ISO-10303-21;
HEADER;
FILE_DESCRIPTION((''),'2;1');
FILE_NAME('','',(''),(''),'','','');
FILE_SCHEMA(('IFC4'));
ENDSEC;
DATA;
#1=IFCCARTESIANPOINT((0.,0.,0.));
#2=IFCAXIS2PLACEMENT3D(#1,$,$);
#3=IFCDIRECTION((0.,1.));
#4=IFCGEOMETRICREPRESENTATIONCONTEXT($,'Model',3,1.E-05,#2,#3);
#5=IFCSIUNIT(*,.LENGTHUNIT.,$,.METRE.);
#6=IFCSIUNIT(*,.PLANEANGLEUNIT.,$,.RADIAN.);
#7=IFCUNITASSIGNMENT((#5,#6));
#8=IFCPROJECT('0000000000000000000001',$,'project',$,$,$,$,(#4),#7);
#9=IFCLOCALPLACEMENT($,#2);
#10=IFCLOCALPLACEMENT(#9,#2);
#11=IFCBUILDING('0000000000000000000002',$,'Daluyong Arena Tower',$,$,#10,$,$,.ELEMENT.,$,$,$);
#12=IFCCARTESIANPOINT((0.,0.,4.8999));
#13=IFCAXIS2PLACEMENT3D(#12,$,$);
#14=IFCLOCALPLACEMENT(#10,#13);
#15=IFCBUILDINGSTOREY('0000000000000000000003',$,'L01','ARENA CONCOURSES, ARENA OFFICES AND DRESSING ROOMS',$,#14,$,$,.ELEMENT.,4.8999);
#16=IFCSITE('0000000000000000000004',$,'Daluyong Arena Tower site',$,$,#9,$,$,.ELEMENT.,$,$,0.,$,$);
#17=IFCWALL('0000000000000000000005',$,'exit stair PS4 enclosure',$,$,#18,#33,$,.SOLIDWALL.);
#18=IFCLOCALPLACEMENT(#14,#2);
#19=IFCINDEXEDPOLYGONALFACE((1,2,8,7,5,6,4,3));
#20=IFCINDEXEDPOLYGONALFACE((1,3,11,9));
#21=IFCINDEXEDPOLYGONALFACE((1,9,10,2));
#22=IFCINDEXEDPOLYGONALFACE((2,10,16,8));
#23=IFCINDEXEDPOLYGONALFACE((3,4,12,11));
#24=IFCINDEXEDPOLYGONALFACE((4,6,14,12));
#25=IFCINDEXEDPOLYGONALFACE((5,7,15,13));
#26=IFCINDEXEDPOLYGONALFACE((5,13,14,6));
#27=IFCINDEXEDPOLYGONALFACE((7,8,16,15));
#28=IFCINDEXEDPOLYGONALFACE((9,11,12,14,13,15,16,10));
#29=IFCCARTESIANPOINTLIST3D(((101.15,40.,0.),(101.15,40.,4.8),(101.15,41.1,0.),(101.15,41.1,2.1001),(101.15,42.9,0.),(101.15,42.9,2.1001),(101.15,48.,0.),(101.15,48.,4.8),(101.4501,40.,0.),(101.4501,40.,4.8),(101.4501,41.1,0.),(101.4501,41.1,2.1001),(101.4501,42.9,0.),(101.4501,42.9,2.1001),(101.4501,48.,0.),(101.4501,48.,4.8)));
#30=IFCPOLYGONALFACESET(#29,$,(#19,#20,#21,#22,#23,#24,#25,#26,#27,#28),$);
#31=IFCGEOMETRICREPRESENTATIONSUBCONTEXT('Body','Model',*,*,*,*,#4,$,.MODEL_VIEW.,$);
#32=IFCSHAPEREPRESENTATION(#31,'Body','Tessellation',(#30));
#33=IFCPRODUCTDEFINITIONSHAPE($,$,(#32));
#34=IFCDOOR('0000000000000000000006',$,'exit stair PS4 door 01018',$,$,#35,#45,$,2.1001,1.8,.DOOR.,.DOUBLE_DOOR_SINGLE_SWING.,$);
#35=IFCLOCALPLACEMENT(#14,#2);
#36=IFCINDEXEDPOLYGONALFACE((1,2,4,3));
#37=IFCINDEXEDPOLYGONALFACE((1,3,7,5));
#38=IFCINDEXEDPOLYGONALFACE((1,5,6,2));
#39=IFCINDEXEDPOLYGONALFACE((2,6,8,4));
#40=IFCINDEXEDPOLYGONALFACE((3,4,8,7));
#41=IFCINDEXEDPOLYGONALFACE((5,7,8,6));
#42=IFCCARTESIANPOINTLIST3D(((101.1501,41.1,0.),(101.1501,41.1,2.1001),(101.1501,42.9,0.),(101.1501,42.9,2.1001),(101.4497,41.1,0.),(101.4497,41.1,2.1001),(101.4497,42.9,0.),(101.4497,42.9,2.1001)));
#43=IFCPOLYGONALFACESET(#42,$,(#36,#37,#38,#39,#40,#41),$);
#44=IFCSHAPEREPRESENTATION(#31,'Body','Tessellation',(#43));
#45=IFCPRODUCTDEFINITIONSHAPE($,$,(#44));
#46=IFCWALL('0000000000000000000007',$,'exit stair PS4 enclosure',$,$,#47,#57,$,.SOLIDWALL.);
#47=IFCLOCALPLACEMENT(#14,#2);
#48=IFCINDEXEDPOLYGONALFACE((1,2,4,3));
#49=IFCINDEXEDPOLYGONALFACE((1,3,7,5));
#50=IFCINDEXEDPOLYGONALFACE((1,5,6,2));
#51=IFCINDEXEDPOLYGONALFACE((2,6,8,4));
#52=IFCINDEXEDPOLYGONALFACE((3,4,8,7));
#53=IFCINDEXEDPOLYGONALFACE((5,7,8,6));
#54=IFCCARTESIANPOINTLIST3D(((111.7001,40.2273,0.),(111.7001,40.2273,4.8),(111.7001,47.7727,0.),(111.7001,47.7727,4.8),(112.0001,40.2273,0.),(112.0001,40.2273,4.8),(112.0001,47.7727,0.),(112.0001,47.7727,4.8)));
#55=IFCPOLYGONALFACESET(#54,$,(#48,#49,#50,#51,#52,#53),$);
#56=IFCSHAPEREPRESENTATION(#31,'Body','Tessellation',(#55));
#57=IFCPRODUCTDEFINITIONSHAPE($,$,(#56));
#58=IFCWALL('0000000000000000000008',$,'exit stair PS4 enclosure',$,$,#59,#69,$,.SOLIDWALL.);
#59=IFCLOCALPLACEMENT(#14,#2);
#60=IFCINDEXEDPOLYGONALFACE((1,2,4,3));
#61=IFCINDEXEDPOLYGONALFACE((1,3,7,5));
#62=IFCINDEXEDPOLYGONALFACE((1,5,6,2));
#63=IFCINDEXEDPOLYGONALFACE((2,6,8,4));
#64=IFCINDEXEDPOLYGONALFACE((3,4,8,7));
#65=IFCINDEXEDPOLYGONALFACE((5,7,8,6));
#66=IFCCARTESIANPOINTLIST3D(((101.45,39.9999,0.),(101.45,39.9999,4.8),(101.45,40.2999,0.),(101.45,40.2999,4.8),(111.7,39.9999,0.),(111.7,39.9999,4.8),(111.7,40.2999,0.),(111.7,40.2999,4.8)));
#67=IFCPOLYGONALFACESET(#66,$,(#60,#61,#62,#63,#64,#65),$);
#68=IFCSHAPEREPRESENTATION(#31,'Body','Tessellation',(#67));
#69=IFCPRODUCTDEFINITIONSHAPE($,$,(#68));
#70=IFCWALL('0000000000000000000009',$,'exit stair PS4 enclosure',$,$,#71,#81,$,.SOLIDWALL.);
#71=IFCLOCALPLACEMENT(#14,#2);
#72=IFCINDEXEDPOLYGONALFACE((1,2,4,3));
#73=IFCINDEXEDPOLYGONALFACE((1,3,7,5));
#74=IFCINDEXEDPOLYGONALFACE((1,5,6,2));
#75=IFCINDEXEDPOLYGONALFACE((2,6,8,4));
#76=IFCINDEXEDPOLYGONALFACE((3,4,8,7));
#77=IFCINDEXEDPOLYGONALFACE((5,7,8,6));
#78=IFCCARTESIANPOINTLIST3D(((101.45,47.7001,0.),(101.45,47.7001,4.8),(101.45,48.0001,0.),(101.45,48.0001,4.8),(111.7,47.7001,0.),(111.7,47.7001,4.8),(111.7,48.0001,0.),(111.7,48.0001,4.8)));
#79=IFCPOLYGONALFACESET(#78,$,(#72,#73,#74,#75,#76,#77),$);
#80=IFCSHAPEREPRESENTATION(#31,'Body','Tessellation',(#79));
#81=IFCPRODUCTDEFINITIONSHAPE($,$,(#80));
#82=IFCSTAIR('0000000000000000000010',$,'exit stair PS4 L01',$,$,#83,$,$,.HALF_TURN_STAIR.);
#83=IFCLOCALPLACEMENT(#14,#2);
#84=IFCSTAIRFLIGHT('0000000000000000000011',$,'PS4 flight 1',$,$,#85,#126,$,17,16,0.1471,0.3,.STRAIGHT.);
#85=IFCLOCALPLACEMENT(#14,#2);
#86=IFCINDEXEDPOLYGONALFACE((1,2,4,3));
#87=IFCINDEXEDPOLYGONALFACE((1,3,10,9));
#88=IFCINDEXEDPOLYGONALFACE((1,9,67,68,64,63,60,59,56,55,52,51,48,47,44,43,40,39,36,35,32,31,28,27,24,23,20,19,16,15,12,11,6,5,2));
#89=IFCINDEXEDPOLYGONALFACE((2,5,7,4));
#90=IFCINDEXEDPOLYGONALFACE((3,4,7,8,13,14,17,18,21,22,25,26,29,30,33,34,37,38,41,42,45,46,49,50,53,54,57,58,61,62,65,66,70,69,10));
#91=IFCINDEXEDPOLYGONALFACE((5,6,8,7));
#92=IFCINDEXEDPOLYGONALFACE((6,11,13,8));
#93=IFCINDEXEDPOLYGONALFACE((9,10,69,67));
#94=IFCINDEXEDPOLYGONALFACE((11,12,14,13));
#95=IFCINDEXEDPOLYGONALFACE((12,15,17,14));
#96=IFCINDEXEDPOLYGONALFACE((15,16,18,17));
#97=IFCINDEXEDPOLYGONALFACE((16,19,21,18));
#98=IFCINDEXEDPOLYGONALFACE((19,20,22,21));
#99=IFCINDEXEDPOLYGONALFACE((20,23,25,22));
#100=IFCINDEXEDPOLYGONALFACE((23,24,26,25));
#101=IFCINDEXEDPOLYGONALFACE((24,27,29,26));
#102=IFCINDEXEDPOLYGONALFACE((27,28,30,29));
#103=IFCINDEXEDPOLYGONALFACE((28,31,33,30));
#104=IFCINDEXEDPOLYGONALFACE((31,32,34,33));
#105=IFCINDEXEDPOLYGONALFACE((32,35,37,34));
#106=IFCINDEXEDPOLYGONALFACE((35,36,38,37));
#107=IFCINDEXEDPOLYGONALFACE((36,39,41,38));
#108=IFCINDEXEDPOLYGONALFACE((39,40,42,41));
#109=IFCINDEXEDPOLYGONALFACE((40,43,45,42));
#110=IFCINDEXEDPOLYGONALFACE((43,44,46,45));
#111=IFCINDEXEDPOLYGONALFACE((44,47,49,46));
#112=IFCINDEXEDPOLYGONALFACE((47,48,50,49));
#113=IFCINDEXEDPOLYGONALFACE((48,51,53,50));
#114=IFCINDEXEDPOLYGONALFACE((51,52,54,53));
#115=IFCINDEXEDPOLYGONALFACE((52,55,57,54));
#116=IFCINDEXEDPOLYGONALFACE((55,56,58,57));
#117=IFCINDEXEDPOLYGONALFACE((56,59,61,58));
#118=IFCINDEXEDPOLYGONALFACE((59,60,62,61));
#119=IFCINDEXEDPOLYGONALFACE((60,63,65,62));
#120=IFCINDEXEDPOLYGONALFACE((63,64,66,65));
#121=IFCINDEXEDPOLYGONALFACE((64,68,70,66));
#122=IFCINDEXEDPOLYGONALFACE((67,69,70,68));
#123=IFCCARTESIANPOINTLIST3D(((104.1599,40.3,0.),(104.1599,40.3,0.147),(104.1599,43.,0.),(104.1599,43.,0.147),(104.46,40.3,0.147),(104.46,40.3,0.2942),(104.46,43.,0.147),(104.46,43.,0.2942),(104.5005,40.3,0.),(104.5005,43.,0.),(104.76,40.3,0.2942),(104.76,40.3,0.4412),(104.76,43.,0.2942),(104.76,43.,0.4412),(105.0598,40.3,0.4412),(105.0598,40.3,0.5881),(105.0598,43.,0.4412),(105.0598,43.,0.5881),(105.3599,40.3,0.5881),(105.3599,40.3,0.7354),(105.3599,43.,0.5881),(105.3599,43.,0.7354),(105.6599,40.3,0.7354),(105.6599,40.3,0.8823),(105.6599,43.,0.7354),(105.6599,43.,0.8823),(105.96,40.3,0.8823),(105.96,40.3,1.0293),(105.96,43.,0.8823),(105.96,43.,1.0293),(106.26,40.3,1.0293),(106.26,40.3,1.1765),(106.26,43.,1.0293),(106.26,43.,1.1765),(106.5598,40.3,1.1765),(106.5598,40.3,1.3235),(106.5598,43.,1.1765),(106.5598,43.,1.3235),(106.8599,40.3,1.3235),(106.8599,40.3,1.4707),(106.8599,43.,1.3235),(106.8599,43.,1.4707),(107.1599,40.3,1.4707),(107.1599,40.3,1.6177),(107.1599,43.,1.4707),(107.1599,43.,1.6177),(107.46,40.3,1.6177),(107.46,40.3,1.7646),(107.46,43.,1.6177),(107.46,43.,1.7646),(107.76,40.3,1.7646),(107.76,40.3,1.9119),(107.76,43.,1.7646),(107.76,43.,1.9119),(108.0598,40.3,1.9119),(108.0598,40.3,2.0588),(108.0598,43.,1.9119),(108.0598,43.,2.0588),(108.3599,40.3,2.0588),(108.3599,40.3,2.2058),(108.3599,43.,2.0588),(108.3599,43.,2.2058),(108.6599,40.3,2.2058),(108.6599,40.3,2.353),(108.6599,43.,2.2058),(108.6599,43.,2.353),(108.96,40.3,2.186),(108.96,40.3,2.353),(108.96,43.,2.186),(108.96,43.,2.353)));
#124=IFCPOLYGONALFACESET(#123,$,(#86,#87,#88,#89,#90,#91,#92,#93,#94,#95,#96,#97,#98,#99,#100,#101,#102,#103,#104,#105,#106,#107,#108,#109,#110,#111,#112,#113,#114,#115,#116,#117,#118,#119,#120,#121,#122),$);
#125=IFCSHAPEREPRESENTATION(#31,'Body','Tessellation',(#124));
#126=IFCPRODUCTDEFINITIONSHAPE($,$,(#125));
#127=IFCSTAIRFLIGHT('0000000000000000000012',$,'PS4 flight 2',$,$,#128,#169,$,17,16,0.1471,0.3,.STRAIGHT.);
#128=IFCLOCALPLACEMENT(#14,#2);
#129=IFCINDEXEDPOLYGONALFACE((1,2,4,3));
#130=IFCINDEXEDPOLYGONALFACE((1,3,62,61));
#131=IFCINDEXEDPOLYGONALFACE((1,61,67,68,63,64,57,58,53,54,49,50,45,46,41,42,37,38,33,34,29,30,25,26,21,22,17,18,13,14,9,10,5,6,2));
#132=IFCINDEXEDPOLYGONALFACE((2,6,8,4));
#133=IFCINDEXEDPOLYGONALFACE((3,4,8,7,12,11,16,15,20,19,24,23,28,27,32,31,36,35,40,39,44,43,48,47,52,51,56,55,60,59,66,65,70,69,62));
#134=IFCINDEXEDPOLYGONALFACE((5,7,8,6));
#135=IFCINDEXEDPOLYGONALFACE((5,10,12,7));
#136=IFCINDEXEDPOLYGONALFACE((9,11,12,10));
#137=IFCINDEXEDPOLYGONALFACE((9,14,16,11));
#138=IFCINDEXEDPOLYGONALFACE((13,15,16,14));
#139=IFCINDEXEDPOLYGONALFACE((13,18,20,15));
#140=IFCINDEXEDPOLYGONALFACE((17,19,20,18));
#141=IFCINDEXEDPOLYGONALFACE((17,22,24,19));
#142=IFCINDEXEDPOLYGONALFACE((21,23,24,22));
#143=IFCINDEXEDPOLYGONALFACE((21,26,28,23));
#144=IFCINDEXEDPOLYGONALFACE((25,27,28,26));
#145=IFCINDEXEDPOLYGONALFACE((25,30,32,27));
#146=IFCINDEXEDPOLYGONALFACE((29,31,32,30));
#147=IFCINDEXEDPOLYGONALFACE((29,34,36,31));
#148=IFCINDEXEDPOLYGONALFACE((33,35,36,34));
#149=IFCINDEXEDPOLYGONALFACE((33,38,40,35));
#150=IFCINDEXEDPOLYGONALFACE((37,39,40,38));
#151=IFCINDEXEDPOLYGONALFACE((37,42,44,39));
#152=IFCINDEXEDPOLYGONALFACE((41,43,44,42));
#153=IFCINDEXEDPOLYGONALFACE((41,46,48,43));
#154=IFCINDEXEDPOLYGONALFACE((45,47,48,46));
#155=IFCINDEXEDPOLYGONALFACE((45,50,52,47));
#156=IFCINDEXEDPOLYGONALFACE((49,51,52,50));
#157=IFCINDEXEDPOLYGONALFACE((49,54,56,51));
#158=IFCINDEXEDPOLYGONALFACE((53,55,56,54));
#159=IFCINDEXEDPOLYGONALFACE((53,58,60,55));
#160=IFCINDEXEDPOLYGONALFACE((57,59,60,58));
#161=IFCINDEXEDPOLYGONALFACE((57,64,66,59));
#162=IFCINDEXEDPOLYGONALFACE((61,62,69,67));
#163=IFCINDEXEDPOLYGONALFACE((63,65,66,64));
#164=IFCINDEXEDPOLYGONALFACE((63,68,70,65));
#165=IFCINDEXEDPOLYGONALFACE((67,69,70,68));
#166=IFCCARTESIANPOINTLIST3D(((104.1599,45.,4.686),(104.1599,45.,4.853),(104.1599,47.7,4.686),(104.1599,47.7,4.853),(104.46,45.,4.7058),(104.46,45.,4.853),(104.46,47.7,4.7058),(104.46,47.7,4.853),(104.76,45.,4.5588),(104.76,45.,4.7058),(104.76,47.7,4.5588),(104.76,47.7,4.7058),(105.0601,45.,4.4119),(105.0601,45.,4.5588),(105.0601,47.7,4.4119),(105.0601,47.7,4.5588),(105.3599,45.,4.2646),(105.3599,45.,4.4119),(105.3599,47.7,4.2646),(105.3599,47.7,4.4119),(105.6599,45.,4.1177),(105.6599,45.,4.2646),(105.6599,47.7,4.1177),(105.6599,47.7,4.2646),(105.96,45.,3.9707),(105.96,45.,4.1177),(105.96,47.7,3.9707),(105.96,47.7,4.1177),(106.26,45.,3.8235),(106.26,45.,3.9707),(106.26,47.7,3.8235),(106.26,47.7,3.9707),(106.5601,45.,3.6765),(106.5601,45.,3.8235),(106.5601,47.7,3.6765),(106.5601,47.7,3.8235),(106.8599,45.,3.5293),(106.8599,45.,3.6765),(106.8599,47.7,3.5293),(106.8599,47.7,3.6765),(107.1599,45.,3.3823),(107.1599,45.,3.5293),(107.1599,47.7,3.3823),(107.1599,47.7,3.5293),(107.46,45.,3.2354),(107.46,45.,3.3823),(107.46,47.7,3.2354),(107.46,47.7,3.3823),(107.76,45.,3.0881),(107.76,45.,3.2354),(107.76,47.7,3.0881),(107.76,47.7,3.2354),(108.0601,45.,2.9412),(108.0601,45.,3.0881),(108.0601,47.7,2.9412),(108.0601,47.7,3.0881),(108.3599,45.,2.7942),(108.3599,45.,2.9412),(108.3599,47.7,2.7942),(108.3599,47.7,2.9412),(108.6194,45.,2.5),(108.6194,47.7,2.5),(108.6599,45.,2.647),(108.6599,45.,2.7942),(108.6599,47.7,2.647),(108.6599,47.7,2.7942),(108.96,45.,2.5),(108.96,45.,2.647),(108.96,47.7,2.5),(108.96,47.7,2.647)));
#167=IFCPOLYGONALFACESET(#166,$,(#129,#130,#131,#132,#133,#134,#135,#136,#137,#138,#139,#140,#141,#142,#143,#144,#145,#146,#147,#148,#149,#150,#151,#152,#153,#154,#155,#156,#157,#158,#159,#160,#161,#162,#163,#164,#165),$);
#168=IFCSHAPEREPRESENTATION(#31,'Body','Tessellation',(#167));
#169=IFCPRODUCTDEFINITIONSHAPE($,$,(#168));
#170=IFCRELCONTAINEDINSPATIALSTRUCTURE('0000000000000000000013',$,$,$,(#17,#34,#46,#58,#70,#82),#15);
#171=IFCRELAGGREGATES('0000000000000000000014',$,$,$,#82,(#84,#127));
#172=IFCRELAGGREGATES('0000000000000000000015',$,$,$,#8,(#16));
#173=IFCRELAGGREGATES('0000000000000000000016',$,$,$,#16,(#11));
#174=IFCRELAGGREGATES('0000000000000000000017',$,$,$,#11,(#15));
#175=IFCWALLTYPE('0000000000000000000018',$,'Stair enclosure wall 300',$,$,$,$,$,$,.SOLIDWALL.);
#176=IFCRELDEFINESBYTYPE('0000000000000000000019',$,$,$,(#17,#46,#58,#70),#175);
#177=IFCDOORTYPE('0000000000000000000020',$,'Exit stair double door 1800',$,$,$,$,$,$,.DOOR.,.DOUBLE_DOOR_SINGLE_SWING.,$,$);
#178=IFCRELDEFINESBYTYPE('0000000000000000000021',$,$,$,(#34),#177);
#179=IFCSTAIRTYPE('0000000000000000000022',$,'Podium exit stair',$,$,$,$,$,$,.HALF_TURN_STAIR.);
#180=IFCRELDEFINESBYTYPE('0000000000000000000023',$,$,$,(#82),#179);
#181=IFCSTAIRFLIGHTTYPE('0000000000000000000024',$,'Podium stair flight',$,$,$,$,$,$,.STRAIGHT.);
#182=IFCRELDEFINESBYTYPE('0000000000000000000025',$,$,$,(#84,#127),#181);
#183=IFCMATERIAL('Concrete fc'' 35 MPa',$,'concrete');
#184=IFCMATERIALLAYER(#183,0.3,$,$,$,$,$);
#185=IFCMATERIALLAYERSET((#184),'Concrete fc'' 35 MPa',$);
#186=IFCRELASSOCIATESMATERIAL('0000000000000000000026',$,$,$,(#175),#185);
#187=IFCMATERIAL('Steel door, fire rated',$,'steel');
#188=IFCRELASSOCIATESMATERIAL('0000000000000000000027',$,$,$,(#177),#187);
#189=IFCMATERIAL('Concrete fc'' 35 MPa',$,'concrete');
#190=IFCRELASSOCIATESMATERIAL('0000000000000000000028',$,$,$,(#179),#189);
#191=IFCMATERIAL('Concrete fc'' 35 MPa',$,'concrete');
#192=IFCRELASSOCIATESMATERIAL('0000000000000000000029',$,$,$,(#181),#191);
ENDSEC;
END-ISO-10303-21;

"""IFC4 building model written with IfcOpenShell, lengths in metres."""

from ifc_helpers import new_model, si_unit, direction, frame, frame_2d, origin, place, context, subcontext, project, spatial, polyline, rectangle, outline, extrude, material, layer, layer_set, type_object, element, fill, aggregate, save


model = new_model("IFC4")

# Units and contexts
model_context = context("Model", 3, precision=1e-05, world=origin(), true_north=direction((0.0, 1.0)))
body_context = subcontext(model_context, "Body", "Model", "MODEL_VIEW")
ifc_project = project(units=[si_unit("LENGTHUNIT", "METRE"), si_unit("PLANEANGLEUNIT", "RADIAN")], contexts=[model_context])

# Site, building, storey
site_placement = place(None, origin())
site = spatial("IfcSite", under=ifc_project, at=site_placement, Name="Daluyong Arena Tower site", CompositionType="ELEMENT", RefElevation=0.0)
building_placement = place(site_placement, origin())
building = spatial("IfcBuilding", under=site, at=building_placement, Name="Daluyong Arena Tower", CompositionType="ELEMENT")
storey_placement = place(building_placement, frame((0.0, 0.0, 4.8999)))
storey = spatial("IfcBuildingStorey", under=building, at=storey_placement, Name="L01", Description="ARENA CONCOURSES, ARENA OFFICES AND DRESSING ROOMS", CompositionType="ELEMENT", Elevation=4.8999)

# Wall, opening, door
ifc_material_1 = material(Name="Concrete fc' 35 MPa", Category="concrete")
ifc_layer_1 = layer(ifc_material_1, 0.3)
ifc_layer_set_1 = layer_set([ifc_layer_1], Name="Concrete fc' 35 MPa")
wall_type_1 = type_object("IfcWallType", Name="Stair enclosure wall 300", PredefinedType="SOLIDWALL", material=ifc_layer_set_1)
wall_1_placement = place(storey_placement, frame((101.3, 40.0, 0.0), z_axis=(0.0, 0.0, 1.0), x_axis=(0.0, 1.0, 0.0)))
wall_1 = element("IfcWall", 1, at=wall_1_placement, inside=storey, type_object=wall_type_1, Name="exit stair PS4 enclosure", PredefinedType="SOLIDWALL", context=body_context, shape_type="SweptSolid", body=[
    extrude(rectangle(XDim=8.0, YDim=0.3, at=frame_2d((4.0, 0.0))), origin(), (0.0, 0.0, 1.0), 4.8),
])
opening_placement = place(wall_1_placement, frame((1.1001, 0.0, 0.0)))
opening = element("IfcOpeningElement", 2, at=opening_placement, cuts=wall_1, PredefinedType="OPENING", context=body_context, shape_type="SweptSolid", body=[
    extrude(rectangle(XDim=1.8, YDim=2.1001, at=frame_2d((0.8999, 1.05))), frame((0.0, 0.1599, 0.0), z_axis=(0.0, -1.0, 0.0), x_axis=(1.0, 0.0, 0.0)), (0.0, 0.0, 1.0), 0.3201),
])
ifc_material_2 = material(Name="Steel door, fire rated", Category="steel")
door_type = type_object("IfcDoorType", Name="Exit stair double door 1800", OperationType="DOUBLE_DOOR_SINGLE_SWING", PredefinedType="DOOR", material=ifc_material_2)
door_placement = place(opening_placement, origin())
door = element("IfcDoor", 3, at=door_placement, inside=storey, type_object=door_type, Name="exit stair PS4 door 01018", OperationType="DOUBLE_DOOR_SINGLE_SWING", OverallHeight=2.1001, OverallWidth=1.8, PredefinedType="DOOR", context=body_context, shape_type="SweptSolid", body=[
    extrude(rectangle(XDim=1.8, YDim=2.1001, at=frame_2d((0.8999, 1.05))), frame((0.0, 0.1499, 0.0), z_axis=(0.0, -1.0, 0.0), x_axis=(1.0, 0.0, 0.0)), (0.0, 0.0, 1.0), 0.2996),
])
fill(opening, door)

# Walls
wall_2_placement = place(storey_placement, frame((111.8501, 40.2273, 0.0), z_axis=(0.0, 0.0, 1.0), x_axis=(0.0, 1.0, 0.0)))
element("IfcWall", 4, at=wall_2_placement, inside=storey, type_object=wall_type_1, Name="exit stair PS4 enclosure", PredefinedType="SOLIDWALL", context=body_context, shape_type="SweptSolid", body=[
    extrude(rectangle(XDim=7.5454, YDim=0.3, at=frame_2d((3.7727, 0.0))), origin(), (0.0, 0.0, 1.0), 4.8),
])
for number, where, z_axis, x_axis, name in (
    (5, (101.45, 40.1499, 0.0), (0.0, 0.0, 1.0), (1.0, 0.0, 0.0), "exit stair PS4 enclosure"),
    (6, (101.45, 47.8501, 0.0), (0.0, 0.0, 1.0), (1.0, 0.0, 0.0), "exit stair PS4 enclosure"),
):
    element("IfcWall", number, at=place(storey_placement, frame(where, z_axis=z_axis, x_axis=x_axis)), inside=storey, type_object=wall_type_1, Name=name, PredefinedType="SOLIDWALL", context=body_context, shape_type="SweptSolid", body=[
        extrude(rectangle(XDim=10.25, YDim=0.3, at=frame_2d((5.125, 0.0))), origin(), (0.0, 0.0, 1.0), 4.8),
    ])

# Stair, stair flights
ifc_material_3 = material(Name="Concrete fc' 35 MPa", Category="concrete")
stair_type = type_object("IfcStairType", Name="Podium exit stair", PredefinedType="HALF_TURN_STAIR", material=ifc_material_3)
stair_placement = place(storey_placement, origin())
stair = element("IfcStair", 7, at=stair_placement, inside=storey, type_object=stair_type, Name="exit stair PS4 L01", PredefinedType="HALF_TURN_STAIR")
ifc_material_4 = material(Name="Concrete fc' 35 MPa", Category="concrete")
stair_flight_type = type_object("IfcStairFlightType", Name="Podium stair flight", PredefinedType="STRAIGHT", material=ifc_material_4)
stair_flight_1_placement = place(storey_placement, frame((104.1599, 41.6499, 0.0), z_axis=(0.0, 0.0, 1.0), x_axis=(1.0, 0.0, 0.0)))
stair_flight_1 = element("IfcStairFlight", 8, at=stair_flight_1_placement, type_object=stair_flight_type, Name="PS4 flight 1", NumberOfRisers=17, NumberOfTreads=16, PredefinedType="STRAIGHT", RiserHeight=0.1471, TreadLength=0.3, context=body_context, shape_type="SweptSolid", body=[
    extrude(outline(polyline([(0.0, 0.0), (0.0, 0.147), (0.3, 0.147), (0.3, 0.2942), (0.6001, 0.2942), (0.6001, 0.4412), (0.8999, 0.4412), (0.8999, 0.5881), (1.2, 0.5881), (1.2, 0.7354), (1.5, 0.7354), (1.5, 0.8823), (1.8, 0.8823), (1.8, 1.0293), (2.1001, 1.0293), (2.1001, 1.1765), (2.3999, 1.1765), (2.3999, 1.3235), (2.7, 1.3235), (2.7, 1.4707), (3.0, 1.4707), (3.0, 1.6177), (3.3, 1.6177), (3.3, 1.7646), (3.6001, 1.7646), (3.6001, 1.9119), (3.8999, 1.9119), (3.8999, 2.0588), (4.2, 2.0588), (4.2, 2.2058), (4.5, 2.2058), (4.5, 2.353), (4.8, 2.353), (4.8, 2.5), (4.8, 2.186), (0.3406, 0.0), (0.0, 0.0)])), frame((0.0, 1.3501, 0.0), z_axis=(0.0, -1.0, 0.0), x_axis=(1.0, 0.0, 0.0)), (0.0, 0.0, 1.0), 2.7),
])
stair_flight_2_placement = place(storey_placement, frame((108.96, 46.3501, 2.5), z_axis=(0.0, 0.0, 1.0), x_axis=(-1.0, 0.0, 0.0)))
stair_flight_2 = element("IfcStairFlight", 9, at=stair_flight_2_placement, type_object=stair_flight_type, Name="PS4 flight 2", NumberOfRisers=17, NumberOfTreads=16, PredefinedType="STRAIGHT", RiserHeight=0.1471, TreadLength=0.3, context=body_context, shape_type="SweptSolid", body=[
    extrude(outline(polyline([(0.0, 0.0), (0.0, 0.147), (0.3, 0.147), (0.3, 0.2942), (0.6001, 0.2942), (0.6001, 0.4412), (0.8999, 0.4412), (0.8999, 0.5881), (1.2, 0.5881), (1.2, 0.7354), (1.5, 0.7354), (1.5, 0.8823), (1.8, 0.8823), (1.8, 1.0293), (2.1001, 1.0293), (2.1001, 1.1765), (2.3999, 1.1765), (2.3999, 1.3235), (2.7, 1.3235), (2.7, 1.4707), (3.0, 1.4707), (3.0, 1.6177), (3.3, 1.6177), (3.3, 1.7646), (3.6001, 1.7646), (3.6001, 1.9119), (3.8999, 1.9119), (3.8999, 2.0588), (4.2, 2.0588), (4.2, 2.2058), (4.5, 2.2058), (4.5, 2.353), (4.8, 2.353), (4.8, 2.5), (4.8, 2.186), (0.3406, 0.0), (0.0, 0.0)])), frame((0.0, 1.3501, 0.0), z_axis=(0.0, -1.0, 0.0), x_axis=(1.0, 0.0, 0.0)), (0.0, 0.0, 1.0), 2.7),
])
aggregate(stair, [stair_flight_1, stair_flight_2])

save(model, "model.ifc")
